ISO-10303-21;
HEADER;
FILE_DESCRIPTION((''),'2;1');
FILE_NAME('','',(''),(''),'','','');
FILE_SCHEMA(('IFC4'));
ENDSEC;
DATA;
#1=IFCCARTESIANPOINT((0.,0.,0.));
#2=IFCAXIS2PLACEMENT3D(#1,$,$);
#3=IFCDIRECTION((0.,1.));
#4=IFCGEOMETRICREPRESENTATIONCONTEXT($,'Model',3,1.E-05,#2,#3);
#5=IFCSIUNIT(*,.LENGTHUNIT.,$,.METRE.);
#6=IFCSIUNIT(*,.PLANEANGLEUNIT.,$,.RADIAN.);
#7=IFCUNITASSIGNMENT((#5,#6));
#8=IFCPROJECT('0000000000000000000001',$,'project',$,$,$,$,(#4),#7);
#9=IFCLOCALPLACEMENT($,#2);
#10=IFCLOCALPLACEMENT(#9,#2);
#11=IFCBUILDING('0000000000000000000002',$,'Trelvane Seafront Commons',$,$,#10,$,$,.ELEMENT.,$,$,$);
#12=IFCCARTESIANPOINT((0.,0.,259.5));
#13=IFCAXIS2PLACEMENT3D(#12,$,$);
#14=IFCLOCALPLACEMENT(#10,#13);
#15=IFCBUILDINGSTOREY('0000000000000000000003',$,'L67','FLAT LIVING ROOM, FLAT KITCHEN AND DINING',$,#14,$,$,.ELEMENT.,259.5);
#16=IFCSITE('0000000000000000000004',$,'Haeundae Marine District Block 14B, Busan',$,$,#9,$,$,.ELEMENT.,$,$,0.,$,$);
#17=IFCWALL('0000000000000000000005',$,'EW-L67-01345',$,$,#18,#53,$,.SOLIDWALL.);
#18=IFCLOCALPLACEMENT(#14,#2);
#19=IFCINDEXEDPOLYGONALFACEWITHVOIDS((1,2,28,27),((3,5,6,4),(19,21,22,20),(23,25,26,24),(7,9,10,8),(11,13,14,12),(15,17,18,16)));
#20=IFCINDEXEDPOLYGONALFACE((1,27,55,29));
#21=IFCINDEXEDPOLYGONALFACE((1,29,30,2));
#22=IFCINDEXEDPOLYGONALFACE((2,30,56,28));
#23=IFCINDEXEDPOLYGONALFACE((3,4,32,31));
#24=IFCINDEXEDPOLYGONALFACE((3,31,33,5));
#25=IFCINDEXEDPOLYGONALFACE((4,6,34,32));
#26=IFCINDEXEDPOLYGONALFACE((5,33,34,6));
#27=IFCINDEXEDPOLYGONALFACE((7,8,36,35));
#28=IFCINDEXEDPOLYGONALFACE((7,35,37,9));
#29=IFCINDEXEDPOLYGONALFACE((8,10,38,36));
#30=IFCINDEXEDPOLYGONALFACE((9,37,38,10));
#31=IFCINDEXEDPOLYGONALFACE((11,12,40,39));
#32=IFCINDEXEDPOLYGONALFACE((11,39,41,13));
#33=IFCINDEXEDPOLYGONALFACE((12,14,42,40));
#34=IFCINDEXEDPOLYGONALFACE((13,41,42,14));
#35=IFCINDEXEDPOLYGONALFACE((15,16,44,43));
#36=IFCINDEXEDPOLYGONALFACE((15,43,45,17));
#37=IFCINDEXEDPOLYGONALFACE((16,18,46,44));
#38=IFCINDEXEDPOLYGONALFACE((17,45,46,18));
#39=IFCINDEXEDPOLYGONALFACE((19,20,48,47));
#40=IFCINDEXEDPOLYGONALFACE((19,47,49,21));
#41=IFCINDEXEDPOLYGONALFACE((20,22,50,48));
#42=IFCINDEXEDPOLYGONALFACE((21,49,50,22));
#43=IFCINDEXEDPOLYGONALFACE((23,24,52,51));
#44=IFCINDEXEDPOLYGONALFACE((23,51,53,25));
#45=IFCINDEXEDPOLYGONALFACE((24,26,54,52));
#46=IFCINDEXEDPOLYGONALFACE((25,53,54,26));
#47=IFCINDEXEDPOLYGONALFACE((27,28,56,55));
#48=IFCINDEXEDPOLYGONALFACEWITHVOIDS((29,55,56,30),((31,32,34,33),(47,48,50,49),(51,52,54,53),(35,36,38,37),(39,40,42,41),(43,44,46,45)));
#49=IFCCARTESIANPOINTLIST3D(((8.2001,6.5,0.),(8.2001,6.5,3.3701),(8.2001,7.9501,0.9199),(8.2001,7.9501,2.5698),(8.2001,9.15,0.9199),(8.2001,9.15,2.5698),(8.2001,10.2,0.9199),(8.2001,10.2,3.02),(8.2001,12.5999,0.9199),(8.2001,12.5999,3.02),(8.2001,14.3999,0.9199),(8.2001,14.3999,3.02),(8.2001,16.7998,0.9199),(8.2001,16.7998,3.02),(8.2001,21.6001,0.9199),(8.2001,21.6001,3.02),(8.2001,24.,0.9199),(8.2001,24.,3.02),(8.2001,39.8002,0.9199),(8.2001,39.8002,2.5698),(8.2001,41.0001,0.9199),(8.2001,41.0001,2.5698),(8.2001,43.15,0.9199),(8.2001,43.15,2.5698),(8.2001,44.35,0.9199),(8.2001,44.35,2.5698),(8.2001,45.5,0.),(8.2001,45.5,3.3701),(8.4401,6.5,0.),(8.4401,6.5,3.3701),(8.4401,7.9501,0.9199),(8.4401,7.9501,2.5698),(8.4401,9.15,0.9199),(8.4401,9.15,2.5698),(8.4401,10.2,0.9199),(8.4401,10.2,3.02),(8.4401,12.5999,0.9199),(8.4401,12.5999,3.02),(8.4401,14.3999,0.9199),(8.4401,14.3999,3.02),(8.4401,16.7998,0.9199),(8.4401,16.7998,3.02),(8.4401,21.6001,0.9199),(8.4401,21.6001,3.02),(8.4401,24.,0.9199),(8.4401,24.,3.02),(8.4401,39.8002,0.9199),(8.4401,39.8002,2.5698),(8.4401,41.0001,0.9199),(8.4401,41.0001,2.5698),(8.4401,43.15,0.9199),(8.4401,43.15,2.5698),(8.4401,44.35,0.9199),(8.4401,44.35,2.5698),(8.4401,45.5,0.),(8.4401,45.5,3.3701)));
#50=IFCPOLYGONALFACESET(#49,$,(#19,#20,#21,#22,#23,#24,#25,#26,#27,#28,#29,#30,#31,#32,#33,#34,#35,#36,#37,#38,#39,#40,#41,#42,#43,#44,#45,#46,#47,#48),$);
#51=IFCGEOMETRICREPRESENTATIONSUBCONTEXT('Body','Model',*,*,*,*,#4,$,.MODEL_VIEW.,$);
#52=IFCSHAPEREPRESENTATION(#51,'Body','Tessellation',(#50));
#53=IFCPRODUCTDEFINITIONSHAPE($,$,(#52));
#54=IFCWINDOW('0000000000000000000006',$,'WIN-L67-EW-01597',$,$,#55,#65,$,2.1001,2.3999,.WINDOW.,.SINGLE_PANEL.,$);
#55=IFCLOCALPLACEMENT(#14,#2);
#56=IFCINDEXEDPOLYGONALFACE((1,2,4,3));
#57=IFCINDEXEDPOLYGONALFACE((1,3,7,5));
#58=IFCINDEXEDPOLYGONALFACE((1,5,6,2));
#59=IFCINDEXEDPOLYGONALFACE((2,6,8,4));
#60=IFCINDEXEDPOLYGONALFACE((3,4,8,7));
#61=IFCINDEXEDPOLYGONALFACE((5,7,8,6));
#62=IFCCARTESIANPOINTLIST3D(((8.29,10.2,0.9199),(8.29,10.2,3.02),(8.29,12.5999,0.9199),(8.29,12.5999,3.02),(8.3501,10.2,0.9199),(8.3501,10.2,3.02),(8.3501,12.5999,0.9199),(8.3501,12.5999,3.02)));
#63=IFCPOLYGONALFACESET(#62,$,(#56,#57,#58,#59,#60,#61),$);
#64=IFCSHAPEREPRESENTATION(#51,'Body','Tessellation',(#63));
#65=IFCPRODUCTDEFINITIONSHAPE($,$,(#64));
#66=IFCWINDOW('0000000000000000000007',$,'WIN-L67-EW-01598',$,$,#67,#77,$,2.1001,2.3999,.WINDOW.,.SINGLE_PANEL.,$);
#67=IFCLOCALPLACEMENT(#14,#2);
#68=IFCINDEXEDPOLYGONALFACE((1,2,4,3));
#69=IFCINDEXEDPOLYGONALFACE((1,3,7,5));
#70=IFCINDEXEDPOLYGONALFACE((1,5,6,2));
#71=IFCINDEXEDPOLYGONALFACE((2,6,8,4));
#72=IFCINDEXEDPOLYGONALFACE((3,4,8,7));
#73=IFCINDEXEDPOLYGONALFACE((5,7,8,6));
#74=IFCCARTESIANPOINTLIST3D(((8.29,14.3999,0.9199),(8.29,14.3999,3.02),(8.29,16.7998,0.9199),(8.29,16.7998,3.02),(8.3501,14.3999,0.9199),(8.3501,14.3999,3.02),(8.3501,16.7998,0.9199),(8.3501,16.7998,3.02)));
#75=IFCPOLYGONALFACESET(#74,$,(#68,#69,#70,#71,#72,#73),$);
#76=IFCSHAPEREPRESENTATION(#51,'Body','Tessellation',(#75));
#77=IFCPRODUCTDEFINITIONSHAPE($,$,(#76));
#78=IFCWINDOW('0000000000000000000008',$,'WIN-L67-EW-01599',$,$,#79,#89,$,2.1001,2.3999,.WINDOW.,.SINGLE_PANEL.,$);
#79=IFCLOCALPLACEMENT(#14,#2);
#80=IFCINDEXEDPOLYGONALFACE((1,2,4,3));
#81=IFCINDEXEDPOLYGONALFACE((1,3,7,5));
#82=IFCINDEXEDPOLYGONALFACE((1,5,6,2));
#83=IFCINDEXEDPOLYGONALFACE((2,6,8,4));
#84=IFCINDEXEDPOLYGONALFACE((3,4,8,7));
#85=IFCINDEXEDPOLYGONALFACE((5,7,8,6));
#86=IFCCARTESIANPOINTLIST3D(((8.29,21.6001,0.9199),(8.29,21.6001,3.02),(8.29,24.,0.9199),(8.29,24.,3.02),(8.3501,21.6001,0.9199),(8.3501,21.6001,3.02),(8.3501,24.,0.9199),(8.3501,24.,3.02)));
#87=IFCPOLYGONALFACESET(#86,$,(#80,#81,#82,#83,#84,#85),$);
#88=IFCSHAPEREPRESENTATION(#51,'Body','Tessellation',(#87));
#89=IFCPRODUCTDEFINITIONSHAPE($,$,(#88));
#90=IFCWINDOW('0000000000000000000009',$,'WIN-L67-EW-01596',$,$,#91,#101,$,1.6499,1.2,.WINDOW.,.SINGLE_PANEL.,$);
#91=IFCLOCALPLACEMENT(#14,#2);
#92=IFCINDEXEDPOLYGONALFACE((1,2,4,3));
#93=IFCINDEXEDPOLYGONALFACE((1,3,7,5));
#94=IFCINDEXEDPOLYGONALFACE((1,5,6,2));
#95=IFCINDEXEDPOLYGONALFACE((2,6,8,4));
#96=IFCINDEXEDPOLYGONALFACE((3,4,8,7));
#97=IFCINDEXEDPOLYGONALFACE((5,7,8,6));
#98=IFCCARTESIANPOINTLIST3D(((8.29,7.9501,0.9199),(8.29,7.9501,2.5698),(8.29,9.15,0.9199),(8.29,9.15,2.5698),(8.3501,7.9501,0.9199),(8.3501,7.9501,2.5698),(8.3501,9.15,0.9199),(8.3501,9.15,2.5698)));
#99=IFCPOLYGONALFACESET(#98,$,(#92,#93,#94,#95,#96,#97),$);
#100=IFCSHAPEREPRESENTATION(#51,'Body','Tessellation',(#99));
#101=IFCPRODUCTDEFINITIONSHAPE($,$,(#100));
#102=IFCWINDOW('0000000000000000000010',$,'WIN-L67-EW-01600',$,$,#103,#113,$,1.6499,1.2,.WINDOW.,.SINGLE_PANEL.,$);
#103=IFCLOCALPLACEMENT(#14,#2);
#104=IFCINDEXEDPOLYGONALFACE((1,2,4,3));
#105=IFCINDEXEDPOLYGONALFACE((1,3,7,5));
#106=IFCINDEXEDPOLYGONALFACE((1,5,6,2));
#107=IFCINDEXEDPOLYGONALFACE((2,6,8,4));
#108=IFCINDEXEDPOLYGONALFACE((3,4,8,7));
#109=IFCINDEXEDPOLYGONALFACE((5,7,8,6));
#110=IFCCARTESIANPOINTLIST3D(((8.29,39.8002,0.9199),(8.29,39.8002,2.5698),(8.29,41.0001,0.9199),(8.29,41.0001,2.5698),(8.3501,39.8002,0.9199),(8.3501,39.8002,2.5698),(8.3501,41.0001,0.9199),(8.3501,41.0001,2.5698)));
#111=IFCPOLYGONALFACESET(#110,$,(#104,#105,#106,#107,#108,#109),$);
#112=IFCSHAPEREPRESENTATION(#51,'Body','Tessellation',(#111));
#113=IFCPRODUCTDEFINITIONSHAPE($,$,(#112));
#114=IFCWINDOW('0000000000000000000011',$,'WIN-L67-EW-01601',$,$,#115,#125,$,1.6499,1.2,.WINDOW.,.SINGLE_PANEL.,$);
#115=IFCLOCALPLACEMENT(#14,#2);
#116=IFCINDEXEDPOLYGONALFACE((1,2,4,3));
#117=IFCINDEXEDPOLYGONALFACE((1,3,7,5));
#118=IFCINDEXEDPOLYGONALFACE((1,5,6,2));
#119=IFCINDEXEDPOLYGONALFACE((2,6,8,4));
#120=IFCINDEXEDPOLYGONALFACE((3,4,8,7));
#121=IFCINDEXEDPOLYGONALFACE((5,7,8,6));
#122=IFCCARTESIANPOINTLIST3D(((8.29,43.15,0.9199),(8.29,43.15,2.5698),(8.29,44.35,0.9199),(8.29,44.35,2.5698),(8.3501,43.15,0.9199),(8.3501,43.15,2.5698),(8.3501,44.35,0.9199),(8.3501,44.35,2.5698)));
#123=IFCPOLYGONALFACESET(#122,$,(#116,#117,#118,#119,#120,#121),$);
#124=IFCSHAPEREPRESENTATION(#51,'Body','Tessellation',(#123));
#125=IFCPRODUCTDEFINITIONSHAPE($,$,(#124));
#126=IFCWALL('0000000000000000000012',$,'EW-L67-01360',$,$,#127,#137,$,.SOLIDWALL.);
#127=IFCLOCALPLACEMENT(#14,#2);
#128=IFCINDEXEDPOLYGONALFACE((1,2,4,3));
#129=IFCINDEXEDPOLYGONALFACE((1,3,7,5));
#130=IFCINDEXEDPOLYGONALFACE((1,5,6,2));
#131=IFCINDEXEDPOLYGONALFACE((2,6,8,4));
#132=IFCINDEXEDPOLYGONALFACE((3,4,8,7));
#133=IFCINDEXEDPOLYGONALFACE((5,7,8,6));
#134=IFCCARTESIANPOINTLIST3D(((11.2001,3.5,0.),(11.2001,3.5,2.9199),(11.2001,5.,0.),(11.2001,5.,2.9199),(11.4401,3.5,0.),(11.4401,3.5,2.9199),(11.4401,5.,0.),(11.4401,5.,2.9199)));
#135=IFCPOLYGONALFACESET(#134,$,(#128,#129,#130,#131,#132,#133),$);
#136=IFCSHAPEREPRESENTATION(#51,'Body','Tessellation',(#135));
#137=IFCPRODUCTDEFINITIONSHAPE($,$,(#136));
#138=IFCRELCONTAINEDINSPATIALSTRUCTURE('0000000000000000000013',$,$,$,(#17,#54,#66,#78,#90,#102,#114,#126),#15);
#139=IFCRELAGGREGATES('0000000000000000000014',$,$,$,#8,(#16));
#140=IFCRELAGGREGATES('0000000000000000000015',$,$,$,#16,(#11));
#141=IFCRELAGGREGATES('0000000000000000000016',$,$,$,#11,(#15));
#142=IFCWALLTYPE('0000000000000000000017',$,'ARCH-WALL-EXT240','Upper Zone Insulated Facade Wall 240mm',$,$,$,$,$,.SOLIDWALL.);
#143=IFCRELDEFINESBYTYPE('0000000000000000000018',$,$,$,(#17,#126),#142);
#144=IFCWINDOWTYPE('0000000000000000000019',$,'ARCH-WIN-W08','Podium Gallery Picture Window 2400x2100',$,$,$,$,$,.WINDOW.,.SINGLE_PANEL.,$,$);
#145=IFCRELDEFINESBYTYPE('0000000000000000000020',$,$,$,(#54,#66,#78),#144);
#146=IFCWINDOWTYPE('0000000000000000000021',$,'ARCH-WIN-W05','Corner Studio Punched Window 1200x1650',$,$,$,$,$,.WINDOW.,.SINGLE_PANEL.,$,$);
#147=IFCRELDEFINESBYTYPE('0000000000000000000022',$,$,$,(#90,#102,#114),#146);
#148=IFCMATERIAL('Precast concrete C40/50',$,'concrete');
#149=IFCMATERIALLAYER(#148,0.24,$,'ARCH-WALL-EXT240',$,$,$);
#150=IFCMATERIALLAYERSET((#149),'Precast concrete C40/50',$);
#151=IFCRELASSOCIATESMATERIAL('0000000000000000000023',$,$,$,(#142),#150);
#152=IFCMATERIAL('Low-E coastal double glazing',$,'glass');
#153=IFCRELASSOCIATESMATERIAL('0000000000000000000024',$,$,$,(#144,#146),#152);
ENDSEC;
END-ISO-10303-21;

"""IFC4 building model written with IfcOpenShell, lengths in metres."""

from ifc_helpers import new_model, si_unit, direction, frame, frame_2d, origin, place, context, subcontext, project, spatial, rectangle, extrude, source, transform, mapped, material, layer, layer_set, type_object, element, fill, save


model = new_model("IFC4")

# Units and contexts
model_context = context("Model", 3, precision=1e-05, world=origin(), true_north=direction((0.0, 1.0)))
body_context = subcontext(model_context, "Body", "Model", "MODEL_VIEW")
ifc_project = project(units=[si_unit("LENGTHUNIT", "METRE"), si_unit("PLANEANGLEUNIT", "RADIAN")], contexts=[model_context])

# Site, building, storey
site_placement = place(None, origin())
site = spatial("IfcSite", under=ifc_project, at=site_placement, Name="Haeundae Marine District Block 14B, Busan", CompositionType="ELEMENT", RefElevation=0.0)
building_placement = place(site_placement, origin())
building = spatial("IfcBuilding", under=site, at=building_placement, Name="Trelvane Seafront Commons", CompositionType="ELEMENT")
storey_placement = place(building_placement, frame((0.0, 0.0, 259.5)))
storey = spatial("IfcBuildingStorey", under=building, at=storey_placement, Name="L67", Description="FLAT LIVING ROOM, FLAT KITCHEN AND DINING", CompositionType="ELEMENT", Elevation=259.5)

# Shared definitions
ifc_material_1 = material(Name="Precast concrete C40/50", Category="concrete")
ifc_layer_1 = layer(ifc_material_1, 0.24, Name="ARCH-WALL-EXT240")
ifc_layer_set_1 = layer_set([ifc_layer_1], Name="Precast concrete C40/50")
wall_type_1 = type_object("IfcWallType", Name="ARCH-WALL-EXT240", Description="Upper Zone Insulated Facade Wall 240mm", PredefinedType="SOLIDWALL", material=ifc_layer_set_1)

# Wall, openings, windows
wall_1_placement = place(storey_placement, frame((8.3201, 6.5, 0.0), z_axis=(0.0, 0.0, 1.0), x_axis=(0.0, 1.0, 0.0)))
wall_1 = element("IfcWall", 1, at=wall_1_placement, inside=storey, type_object=wall_type_1, Name="EW-L67-01345", PredefinedType="SOLIDWALL", context=body_context, shape_type="SweptSolid", body=[
    extrude(rectangle(XDim=39.0, YDim=0.24, at=frame_2d((19.5, 0.0))), origin(), (0.0, 0.0, 1.0), 3.3701),
])
opening_1_placement = place(wall_1_placement, frame((1.45, 0.0, 0.9199)))
opening_1 = element("IfcOpeningElement", 2, at=opening_1_placement, cuts=wall_1, PredefinedType="OPENING", context=body_context, shape_type="SweptSolid", body=[
    extrude(rectangle(XDim=1.2, YDim=1.6499, at=frame_2d((0.6001, 0.825))), frame((0.0, 0.1299, 0.0), z_axis=(0.0, -1.0, 0.0), x_axis=(1.0, 0.0, 0.0)), (0.0, 0.0, 1.0), 0.26),
])
opening_2_placement = place(wall_1_placement, frame((3.7, 0.0, 0.9199)))
opening_2 = element("IfcOpeningElement", 3, at=opening_2_placement, cuts=wall_1, PredefinedType="OPENING", context=body_context, shape_type="SweptSolid", body=[
    extrude(rectangle(XDim=2.3999, YDim=2.1001, at=frame_2d((1.2, 1.05))), frame((0.0, 0.1299, 0.0), z_axis=(0.0, -1.0, 0.0), x_axis=(1.0, 0.0, 0.0)), (0.0, 0.0, 1.0), 0.26),
])
opening_3_placement = place(wall_1_placement, frame((7.8999, 0.0, 0.9199)))
opening_3 = element("IfcOpeningElement", 4, at=opening_3_placement, cuts=wall_1, PredefinedType="OPENING", context=body_context, shape_type="SweptSolid", body=[
    extrude(rectangle(XDim=2.3999, YDim=2.1001, at=frame_2d((1.2, 1.05))), frame((0.0, 0.1299, 0.0), z_axis=(0.0, -1.0, 0.0), x_axis=(1.0, 0.0, 0.0)), (0.0, 0.0, 1.0), 0.26),
])
opening_4_placement = place(wall_1_placement, frame((15.1001, 0.0, 0.9199)))
opening_4 = element("IfcOpeningElement", 5, at=opening_4_placement, cuts=wall_1, PredefinedType="OPENING", context=body_context, shape_type="SweptSolid", body=[
    extrude(rectangle(XDim=2.3999, YDim=2.1001, at=frame_2d((1.2, 1.05))), frame((0.0, 0.1299, 0.0), z_axis=(0.0, -1.0, 0.0), x_axis=(1.0, 0.0, 0.0)), (0.0, 0.0, 1.0), 0.26),
])
opening_5_placement = place(wall_1_placement, frame((33.3, 0.0, 0.9199)))
opening_5 = element("IfcOpeningElement", 6, at=opening_5_placement, cuts=wall_1, PredefinedType="OPENING", context=body_context, shape_type="SweptSolid", body=[
    extrude(rectangle(XDim=1.2, YDim=1.6499, at=frame_2d((0.6001, 0.825))), frame((0.0, 0.1299, 0.0), z_axis=(0.0, -1.0, 0.0), x_axis=(1.0, 0.0, 0.0)), (0.0, 0.0, 1.0), 0.26),
])
opening_6_placement = place(wall_1_placement, frame((36.6499, 0.0, 0.9199)))
opening_6 = element("IfcOpeningElement", 7, at=opening_6_placement, cuts=wall_1, PredefinedType="OPENING", context=body_context, shape_type="SweptSolid", body=[
    extrude(rectangle(XDim=1.2, YDim=1.6499, at=frame_2d((0.6001, 0.825))), frame((0.0, 0.1299, 0.0), z_axis=(0.0, -1.0, 0.0), x_axis=(1.0, 0.0, 0.0)), (0.0, 0.0, 1.0), 0.26),
])
ifc_material_2 = material(Name="Low-E coastal double glazing", Category="glass")
window_type_1 = type_object("IfcWindowType", Name="ARCH-WIN-W08", Description="Podium Gallery Picture Window 2400x2100", PartitioningType="SINGLE_PANEL", PredefinedType="WINDOW", material=ifc_material_2)
shared_shape_1 = source(origin(), body_context, "Body", "SweptSolid", [
    extrude(rectangle(XDim=2.3999, YDim=2.1001, at=frame_2d((1.2, 1.05))), frame((0.0, 0.03, 0.0), z_axis=(0.0, -1.0, 0.0), x_axis=(1.0, 0.0, 0.0)), (0.0, 0.0, 1.0), 0.0601),
])
window_1_placement = place(opening_2_placement, origin())
window_1 = element("IfcWindow", 8, at=window_1_placement, inside=storey, type_object=window_type_1, Name="WIN-L67-EW-01597", OverallHeight=2.1001, OverallWidth=2.3999, PartitioningType="SINGLE_PANEL", PredefinedType="WINDOW", context=body_context, shape_type="MappedRepresentation", body=[
    mapped(shared_shape_1, transform((0.0, 0.0, 0.0), x_axis=(1.0, 0.0, 0.0), y_axis=(0.0, 1.0, 0.0), z_axis=(0.0, 0.0, 1.0), scale=1.0)),
])
fill(opening_2, window_1)
window_2_placement = place(opening_3_placement, origin())
window_2 = element("IfcWindow", 9, at=window_2_placement, inside=storey, type_object=window_type_1, Name="WIN-L67-EW-01598", OverallHeight=2.1001, OverallWidth=2.3999, PartitioningType="SINGLE_PANEL", PredefinedType="WINDOW", context=body_context, shape_type="MappedRepresentation", body=[
    mapped(shared_shape_1, transform((0.0, 0.0, 0.0), x_axis=(1.0, 0.0, 0.0), y_axis=(0.0, 1.0, 0.0), z_axis=(0.0, 0.0, 1.0), scale=1.0)),
])
fill(opening_3, window_2)
window_3_placement = place(opening_4_placement, origin())
window_3 = element("IfcWindow", 10, at=window_3_placement, inside=storey, type_object=window_type_1, Name="WIN-L67-EW-01599", OverallHeight=2.1001, OverallWidth=2.3999, PartitioningType="SINGLE_PANEL", PredefinedType="WINDOW", context=body_context, shape_type="MappedRepresentation", body=[
    mapped(shared_shape_1, transform((0.0, 0.0, 0.0), x_axis=(1.0, 0.0, 0.0), y_axis=(0.0, 1.0, 0.0), z_axis=(0.0, 0.0, 1.0), scale=1.0)),
])
fill(opening_4, window_3)
window_type_2 = type_object("IfcWindowType", Name="ARCH-WIN-W05", Description="Corner Studio Punched Window 1200x1650", PartitioningType="SINGLE_PANEL", PredefinedType="WINDOW", material=ifc_material_2)
shared_shape_2 = source(origin(), body_context, "Body", "SweptSolid", [
    extrude(rectangle(XDim=1.2, YDim=1.6499, at=frame_2d((0.6001, 0.825))), frame((0.0, 0.03, 0.0), z_axis=(0.0, -1.0, 0.0), x_axis=(1.0, 0.0, 0.0)), (0.0, 0.0, 1.0), 0.0601),
])
window_4_placement = place(opening_1_placement, origin())
window_4 = element("IfcWindow", 11, at=window_4_placement, inside=storey, type_object=window_type_2, Name="WIN-L67-EW-01596", OverallHeight=1.6499, OverallWidth=1.2, PartitioningType="SINGLE_PANEL", PredefinedType="WINDOW", context=body_context, shape_type="MappedRepresentation", body=[
    mapped(shared_shape_2, transform((0.0, 0.0, 0.0), x_axis=(1.0, 0.0, 0.0), y_axis=(0.0, 1.0, 0.0), z_axis=(0.0, 0.0, 1.0), scale=1.0)),
])
fill(opening_1, window_4)
window_5_placement = place(opening_5_placement, origin())
window_5 = element("IfcWindow", 12, at=window_5_placement, inside=storey, type_object=window_type_2, Name="WIN-L67-EW-01600", OverallHeight=1.6499, OverallWidth=1.2, PartitioningType="SINGLE_PANEL", PredefinedType="WINDOW", context=body_context, shape_type="MappedRepresentation", body=[
    mapped(shared_shape_2, transform((0.0, 0.0, 0.0), x_axis=(1.0, 0.0, 0.0), y_axis=(0.0, 1.0, 0.0), z_axis=(0.0, 0.0, 1.0), scale=1.0)),
])
fill(opening_5, window_5)
window_6_placement = place(opening_6_placement, origin())
window_6 = element("IfcWindow", 13, at=window_6_placement, inside=storey, type_object=window_type_2, Name="WIN-L67-EW-01601", OverallHeight=1.6499, OverallWidth=1.2, PartitioningType="SINGLE_PANEL", PredefinedType="WINDOW", context=body_context, shape_type="MappedRepresentation", body=[
    mapped(shared_shape_2, transform((0.0, 0.0, 0.0), x_axis=(1.0, 0.0, 0.0), y_axis=(0.0, 1.0, 0.0), z_axis=(0.0, 0.0, 1.0), scale=1.0)),
])
fill(opening_6, window_6)

# Wall
wall_2_placement = place(storey_placement, frame((11.3201, 3.5, 0.0), z_axis=(0.0, 0.0, 1.0), x_axis=(0.0, 1.0, 0.0)))
element("IfcWall", 14, at=wall_2_placement, inside=storey, type_object=wall_type_1, Name="EW-L67-01360", PredefinedType="SOLIDWALL", context=body_context, shape_type="SweptSolid", body=[
    extrude(rectangle(XDim=1.5, YDim=0.24, at=frame_2d((0.75, 0.0))), origin(), (0.0, 0.0, 1.0), 2.9199),
])

save(model, "model.ifc")
